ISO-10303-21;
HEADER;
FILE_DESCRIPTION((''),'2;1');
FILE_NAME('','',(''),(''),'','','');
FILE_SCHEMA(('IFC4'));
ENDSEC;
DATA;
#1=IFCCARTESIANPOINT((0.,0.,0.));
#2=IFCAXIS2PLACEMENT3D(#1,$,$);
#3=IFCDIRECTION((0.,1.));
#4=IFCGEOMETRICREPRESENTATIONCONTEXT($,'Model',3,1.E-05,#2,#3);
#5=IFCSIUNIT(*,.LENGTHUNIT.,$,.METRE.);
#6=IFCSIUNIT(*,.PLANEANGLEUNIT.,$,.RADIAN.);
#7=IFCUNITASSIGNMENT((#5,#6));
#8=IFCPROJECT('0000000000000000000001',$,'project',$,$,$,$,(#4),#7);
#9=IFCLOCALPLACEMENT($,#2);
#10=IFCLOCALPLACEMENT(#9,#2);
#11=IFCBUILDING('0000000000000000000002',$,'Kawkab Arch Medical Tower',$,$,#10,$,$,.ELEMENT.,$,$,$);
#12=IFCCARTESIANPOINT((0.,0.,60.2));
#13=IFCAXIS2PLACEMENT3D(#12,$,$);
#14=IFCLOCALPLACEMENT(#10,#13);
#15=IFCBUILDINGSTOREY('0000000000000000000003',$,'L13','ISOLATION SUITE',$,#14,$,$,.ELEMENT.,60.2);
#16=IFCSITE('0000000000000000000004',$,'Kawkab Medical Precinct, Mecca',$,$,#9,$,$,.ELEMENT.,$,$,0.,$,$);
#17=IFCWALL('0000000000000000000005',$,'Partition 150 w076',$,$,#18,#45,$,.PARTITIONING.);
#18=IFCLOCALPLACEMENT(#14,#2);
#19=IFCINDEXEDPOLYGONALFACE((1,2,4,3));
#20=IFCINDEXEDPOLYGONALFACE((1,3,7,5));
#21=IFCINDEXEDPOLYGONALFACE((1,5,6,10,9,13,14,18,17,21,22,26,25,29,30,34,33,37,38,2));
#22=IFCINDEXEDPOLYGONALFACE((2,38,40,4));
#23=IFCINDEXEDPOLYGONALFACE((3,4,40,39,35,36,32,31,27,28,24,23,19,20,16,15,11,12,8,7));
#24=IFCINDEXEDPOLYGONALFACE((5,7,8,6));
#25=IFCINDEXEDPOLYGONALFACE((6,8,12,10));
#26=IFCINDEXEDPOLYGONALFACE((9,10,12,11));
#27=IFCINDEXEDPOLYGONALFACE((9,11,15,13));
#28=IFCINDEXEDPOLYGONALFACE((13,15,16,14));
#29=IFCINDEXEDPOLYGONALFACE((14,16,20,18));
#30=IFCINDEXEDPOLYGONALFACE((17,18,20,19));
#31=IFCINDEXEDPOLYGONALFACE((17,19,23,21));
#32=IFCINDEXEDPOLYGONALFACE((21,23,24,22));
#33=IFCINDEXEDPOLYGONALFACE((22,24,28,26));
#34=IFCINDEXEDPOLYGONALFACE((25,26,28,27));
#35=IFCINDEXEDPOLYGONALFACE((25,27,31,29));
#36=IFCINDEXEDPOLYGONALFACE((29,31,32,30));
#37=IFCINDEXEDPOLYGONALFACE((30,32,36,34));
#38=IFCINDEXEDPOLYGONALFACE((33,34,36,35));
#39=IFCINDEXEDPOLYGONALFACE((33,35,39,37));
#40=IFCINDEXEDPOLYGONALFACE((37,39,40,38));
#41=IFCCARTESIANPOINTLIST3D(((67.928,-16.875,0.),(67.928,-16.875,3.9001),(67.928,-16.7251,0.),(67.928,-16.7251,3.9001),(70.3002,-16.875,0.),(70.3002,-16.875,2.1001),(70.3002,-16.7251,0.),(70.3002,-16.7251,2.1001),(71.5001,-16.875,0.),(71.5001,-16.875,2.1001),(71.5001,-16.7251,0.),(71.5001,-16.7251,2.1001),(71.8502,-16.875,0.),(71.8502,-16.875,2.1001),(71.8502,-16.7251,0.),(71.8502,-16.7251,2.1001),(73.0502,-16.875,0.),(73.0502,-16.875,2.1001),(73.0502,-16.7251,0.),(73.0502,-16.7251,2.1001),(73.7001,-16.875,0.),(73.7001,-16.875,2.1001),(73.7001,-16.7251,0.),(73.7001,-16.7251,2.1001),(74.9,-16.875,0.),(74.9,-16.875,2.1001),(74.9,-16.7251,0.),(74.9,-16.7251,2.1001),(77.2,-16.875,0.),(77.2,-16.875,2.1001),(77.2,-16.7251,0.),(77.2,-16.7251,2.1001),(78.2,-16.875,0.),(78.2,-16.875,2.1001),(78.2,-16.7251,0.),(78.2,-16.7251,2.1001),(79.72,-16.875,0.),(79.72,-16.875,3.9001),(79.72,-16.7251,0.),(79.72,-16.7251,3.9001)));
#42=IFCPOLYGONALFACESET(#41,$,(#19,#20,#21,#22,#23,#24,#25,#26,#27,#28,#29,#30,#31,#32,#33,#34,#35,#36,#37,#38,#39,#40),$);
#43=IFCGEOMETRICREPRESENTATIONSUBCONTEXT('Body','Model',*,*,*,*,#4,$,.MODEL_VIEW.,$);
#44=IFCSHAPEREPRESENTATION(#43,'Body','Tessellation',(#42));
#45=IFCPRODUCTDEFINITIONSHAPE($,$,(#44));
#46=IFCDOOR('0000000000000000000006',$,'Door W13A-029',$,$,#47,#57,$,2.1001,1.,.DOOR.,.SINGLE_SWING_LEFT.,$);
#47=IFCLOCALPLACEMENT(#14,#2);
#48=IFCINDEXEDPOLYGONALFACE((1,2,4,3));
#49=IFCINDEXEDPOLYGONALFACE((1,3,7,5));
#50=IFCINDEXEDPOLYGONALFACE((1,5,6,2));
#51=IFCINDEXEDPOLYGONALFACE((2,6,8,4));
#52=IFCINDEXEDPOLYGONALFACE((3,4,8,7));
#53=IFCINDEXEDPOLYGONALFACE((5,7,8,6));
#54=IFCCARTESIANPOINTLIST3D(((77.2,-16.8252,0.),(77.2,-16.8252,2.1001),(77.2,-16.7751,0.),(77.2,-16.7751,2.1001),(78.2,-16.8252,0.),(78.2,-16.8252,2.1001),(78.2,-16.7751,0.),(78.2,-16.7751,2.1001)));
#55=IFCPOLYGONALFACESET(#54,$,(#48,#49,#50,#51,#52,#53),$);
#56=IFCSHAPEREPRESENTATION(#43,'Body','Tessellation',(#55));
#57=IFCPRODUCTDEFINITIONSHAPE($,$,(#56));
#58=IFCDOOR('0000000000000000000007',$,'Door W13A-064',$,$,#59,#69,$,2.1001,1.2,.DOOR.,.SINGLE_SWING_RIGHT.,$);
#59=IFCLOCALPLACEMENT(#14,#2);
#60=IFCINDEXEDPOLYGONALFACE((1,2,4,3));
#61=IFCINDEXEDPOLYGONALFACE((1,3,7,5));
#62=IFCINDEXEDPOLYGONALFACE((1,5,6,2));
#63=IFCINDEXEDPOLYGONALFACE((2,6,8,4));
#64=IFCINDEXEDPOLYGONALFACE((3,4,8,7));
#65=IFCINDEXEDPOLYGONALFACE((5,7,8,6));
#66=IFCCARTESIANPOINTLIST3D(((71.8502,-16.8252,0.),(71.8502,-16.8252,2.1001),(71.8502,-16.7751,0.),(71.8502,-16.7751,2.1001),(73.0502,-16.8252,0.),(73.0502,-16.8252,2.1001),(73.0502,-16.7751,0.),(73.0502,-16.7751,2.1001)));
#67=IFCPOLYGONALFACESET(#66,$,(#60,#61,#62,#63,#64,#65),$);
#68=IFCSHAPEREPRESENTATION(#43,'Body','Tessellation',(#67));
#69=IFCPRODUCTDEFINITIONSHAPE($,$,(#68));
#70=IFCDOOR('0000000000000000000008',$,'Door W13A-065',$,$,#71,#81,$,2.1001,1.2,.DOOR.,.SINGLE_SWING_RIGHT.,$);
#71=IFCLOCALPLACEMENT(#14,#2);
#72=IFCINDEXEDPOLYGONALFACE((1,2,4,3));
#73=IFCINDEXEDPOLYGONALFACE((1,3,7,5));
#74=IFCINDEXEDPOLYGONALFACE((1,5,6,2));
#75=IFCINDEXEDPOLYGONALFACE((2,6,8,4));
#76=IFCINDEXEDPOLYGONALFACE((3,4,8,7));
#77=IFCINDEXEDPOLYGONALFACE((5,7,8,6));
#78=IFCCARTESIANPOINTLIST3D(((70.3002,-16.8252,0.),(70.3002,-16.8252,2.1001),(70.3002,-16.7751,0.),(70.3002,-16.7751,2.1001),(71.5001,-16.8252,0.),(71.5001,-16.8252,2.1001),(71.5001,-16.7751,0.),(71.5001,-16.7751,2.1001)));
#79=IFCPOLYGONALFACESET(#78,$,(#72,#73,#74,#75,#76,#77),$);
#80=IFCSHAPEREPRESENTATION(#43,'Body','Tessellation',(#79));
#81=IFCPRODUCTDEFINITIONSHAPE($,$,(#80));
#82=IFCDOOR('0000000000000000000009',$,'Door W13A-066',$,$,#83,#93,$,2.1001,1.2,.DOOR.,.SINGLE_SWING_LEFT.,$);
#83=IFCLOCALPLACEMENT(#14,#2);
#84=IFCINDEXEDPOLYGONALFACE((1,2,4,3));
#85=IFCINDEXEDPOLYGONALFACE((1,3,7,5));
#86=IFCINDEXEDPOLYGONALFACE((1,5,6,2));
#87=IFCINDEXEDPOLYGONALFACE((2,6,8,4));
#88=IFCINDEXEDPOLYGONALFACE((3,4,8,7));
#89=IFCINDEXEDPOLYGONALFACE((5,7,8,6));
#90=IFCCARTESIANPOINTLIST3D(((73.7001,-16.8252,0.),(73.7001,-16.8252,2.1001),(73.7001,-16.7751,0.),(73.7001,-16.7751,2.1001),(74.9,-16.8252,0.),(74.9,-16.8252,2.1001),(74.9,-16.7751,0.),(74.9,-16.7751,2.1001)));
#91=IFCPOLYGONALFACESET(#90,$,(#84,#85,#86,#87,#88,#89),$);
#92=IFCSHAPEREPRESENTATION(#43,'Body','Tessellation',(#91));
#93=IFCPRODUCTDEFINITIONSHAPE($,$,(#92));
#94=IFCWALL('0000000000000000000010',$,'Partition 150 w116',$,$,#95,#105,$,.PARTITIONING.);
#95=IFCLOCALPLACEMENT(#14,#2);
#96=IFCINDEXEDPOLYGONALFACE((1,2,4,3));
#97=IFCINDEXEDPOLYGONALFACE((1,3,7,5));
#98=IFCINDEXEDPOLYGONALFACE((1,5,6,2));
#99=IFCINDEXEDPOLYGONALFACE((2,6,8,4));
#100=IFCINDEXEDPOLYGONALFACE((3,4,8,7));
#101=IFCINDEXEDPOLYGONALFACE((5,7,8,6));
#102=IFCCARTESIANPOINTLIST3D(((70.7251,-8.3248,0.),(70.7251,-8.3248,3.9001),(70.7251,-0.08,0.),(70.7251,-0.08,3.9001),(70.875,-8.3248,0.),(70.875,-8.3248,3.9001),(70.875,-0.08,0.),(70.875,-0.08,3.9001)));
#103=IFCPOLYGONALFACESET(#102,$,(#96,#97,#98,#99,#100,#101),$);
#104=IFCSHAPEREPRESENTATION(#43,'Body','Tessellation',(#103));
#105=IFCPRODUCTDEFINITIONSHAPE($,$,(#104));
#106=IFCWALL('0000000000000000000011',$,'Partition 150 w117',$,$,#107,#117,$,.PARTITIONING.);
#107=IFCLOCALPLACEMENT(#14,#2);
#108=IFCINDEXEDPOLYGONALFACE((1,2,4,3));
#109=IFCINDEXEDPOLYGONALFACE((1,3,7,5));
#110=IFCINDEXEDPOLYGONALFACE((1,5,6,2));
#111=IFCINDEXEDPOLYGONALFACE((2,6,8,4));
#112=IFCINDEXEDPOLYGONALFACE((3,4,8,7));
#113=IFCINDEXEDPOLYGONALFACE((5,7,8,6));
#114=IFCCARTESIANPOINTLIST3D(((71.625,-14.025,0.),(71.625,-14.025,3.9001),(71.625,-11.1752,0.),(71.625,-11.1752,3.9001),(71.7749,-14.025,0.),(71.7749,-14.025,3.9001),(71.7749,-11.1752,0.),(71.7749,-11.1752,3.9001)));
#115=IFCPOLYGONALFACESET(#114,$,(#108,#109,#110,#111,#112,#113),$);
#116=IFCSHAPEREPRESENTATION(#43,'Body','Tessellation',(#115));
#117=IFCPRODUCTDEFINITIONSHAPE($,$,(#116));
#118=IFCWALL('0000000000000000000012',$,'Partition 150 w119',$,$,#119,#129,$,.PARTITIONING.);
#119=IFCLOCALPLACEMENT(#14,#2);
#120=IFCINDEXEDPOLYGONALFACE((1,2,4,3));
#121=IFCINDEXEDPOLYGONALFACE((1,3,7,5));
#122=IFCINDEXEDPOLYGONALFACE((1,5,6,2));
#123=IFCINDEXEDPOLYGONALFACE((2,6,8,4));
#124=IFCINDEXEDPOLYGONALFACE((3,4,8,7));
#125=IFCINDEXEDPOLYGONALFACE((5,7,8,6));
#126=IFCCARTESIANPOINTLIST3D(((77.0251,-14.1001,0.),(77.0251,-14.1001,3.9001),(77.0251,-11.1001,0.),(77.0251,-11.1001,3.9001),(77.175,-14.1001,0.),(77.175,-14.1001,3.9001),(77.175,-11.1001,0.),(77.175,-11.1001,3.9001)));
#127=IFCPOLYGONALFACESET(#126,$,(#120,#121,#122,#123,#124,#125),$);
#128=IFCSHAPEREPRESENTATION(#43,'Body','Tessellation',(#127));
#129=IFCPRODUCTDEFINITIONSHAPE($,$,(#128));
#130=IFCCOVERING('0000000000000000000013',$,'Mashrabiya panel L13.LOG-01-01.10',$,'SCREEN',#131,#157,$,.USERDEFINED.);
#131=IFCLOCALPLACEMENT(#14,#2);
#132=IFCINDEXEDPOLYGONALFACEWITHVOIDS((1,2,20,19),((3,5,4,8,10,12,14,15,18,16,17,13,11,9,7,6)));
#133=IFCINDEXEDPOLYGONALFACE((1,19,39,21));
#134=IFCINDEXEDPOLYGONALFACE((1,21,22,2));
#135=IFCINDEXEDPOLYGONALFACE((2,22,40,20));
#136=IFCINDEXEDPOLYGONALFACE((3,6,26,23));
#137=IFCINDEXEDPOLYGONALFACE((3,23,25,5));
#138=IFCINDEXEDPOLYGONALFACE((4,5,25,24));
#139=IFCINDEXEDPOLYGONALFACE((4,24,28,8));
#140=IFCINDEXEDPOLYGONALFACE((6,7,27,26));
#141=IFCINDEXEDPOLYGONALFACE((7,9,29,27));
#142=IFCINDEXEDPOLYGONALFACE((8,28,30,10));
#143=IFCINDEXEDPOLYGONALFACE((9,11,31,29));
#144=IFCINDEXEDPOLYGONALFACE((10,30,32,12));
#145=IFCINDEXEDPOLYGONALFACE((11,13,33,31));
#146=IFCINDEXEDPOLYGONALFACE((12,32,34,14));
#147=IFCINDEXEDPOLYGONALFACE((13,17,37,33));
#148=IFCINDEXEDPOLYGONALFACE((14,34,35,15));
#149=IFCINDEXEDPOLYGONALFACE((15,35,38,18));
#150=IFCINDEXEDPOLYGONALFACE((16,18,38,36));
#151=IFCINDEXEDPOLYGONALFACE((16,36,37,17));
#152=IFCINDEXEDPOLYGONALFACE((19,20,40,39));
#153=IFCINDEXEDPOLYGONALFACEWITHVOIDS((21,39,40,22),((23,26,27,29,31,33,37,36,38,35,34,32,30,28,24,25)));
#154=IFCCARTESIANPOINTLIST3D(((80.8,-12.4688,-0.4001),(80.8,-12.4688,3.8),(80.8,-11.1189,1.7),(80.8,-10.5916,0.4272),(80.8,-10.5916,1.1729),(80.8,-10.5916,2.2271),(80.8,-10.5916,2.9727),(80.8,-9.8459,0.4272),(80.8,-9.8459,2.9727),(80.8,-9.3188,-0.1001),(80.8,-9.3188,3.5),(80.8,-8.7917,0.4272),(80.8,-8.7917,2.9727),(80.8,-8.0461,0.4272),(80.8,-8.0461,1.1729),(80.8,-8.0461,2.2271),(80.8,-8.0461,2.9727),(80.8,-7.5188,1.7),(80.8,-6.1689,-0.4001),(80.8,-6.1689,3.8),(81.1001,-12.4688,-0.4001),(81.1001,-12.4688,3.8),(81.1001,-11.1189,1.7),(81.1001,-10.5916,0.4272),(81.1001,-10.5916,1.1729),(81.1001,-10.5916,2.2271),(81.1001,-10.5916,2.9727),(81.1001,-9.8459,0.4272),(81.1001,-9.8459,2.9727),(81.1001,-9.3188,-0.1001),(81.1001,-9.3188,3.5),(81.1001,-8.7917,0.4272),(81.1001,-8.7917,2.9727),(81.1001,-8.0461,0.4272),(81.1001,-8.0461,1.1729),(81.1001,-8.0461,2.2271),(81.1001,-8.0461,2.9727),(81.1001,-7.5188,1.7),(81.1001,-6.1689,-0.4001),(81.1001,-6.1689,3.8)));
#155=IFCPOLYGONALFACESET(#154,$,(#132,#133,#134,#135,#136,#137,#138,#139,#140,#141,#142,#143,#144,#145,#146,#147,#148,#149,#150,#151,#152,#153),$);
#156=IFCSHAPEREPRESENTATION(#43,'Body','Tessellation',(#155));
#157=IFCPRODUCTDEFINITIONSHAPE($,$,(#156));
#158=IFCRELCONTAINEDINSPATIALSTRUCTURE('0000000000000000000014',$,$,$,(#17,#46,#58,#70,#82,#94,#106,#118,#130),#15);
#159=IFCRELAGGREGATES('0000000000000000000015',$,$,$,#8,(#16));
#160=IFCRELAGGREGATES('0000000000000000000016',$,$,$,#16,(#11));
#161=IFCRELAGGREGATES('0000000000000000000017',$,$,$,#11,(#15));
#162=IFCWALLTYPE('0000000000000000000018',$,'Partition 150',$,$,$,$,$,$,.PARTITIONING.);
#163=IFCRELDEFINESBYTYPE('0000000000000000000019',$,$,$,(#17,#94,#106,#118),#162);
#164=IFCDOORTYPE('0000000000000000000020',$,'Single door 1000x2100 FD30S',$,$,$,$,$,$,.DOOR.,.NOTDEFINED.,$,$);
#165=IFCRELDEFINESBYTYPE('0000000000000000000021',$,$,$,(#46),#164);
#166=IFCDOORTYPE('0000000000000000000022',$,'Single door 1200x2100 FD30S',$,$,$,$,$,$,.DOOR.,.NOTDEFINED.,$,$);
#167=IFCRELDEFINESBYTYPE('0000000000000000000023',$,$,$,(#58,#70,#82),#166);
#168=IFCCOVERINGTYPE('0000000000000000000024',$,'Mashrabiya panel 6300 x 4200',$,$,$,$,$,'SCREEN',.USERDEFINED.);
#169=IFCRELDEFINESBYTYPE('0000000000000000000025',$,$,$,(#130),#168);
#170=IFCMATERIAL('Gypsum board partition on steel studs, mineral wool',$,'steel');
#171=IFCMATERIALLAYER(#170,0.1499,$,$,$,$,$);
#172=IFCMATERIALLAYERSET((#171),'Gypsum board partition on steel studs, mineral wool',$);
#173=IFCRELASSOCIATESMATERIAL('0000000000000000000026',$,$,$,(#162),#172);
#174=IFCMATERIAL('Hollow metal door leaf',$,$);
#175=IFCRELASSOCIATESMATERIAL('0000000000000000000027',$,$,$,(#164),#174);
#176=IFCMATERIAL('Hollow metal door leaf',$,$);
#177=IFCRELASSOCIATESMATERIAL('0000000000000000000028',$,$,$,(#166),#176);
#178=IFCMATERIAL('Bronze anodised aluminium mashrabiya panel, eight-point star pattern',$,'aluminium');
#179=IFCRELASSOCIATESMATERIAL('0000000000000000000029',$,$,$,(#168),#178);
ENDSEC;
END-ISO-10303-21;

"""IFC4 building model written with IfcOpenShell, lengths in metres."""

from ifc_helpers import new_model, si_unit, direction, frame, frame_2d, origin, place, context, subcontext, project, spatial, polyline, rectangle, outline, extrude, material, layer, layer_set, material_profile, profile_set, type_object, element, fill, save


model = new_model("IFC4")

# Units and contexts
model_context = context("Model", 3, precision=1e-05, world=origin(), true_north=direction((0.0, 1.0)))
body_context = subcontext(model_context, "Body", "Model", "MODEL_VIEW")
ifc_project = project(units=[si_unit("LENGTHUNIT", "METRE"), si_unit("PLANEANGLEUNIT", "RADIAN")], contexts=[model_context])

# Site, building, storey
site_placement = place(None, origin())
site = spatial("IfcSite", under=ifc_project, at=site_placement, Name="Kawkab Medical Precinct, Mecca", CompositionType="ELEMENT", RefElevation=0.0)
building_placement = place(site_placement, origin())
building = spatial("IfcBuilding", under=site, at=building_placement, Name="Kawkab Arch Medical Tower", CompositionType="ELEMENT")
storey_placement = place(building_placement, frame((0.0, 0.0, 60.2)))
storey = spatial("IfcBuildingStorey", under=building, at=storey_placement, Name="L13", Description="ISOLATION SUITE", CompositionType="ELEMENT", Elevation=60.2)

# Wall, openings, doors
ifc_material_1 = material(Name="Gypsum board partition on steel studs, mineral wool", Category="steel")
ifc_layer_1 = layer(ifc_material_1, 0.1499)
ifc_layer_set_1 = layer_set([ifc_layer_1], Name="Gypsum board partition on steel studs, mineral wool")
wall_type_1 = type_object("IfcWallType", Name="Partition 150", PredefinedType="PARTITIONING", material=ifc_layer_set_1)
wall_1_placement = place(storey_placement, frame((67.928, -16.8, 0.0), z_axis=(0.0, 0.0, 1.0), x_axis=(1.0, 0.0, 0.0)))
wall_1 = element("IfcWall", 1, at=wall_1_placement, inside=storey, type_object=wall_type_1, Name="Partition 150 w076", PredefinedType="PARTITIONING", context=body_context, shape_type="SweptSolid", body=[
    extrude(rectangle(XDim=11.792, YDim=0.1499, at=frame_2d((5.896, 0.0))), origin(), (0.0, 0.0, 1.0), 3.9001),
])
opening_1_placement = place(wall_1_placement, frame((3.9221, 0.0, 0.0)))
opening_1 = element("IfcOpeningElement", 2, at=opening_1_placement, cuts=wall_1, PredefinedType="OPENING", context=body_context, shape_type="SweptSolid", body=[
    extrude(rectangle(XDim=1.2, YDim=2.1001, at=frame_2d((0.6001, 1.05))), frame((0.0, 0.085, 0.0), z_axis=(0.0, -1.0, 0.0), x_axis=(1.0, 0.0, 0.0)), (0.0, 0.0, 1.0), 0.1699),
])
opening_2_placement = place(wall_1_placement, frame((2.3721, 0.0, 0.0)))
opening_2 = element("IfcOpeningElement", 3, at=opening_2_placement, cuts=wall_1, PredefinedType="OPENING", context=body_context, shape_type="SweptSolid", body=[
    extrude(rectangle(XDim=1.2, YDim=2.1001, at=frame_2d((0.6001, 1.05))), frame((0.0, 0.085, 0.0), z_axis=(0.0, -1.0, 0.0), x_axis=(1.0, 0.0, 0.0)), (0.0, 0.0, 1.0), 0.1699),
])
opening_3_placement = place(wall_1_placement, frame((5.772, 0.0, 0.0)))
opening_3 = element("IfcOpeningElement", 4, at=opening_3_placement, cuts=wall_1, PredefinedType="OPENING", context=body_context, shape_type="SweptSolid", body=[
    extrude(rectangle(XDim=1.2, YDim=2.1001, at=frame_2d((0.6001, 1.05))), frame((0.0, 0.085, 0.0), z_axis=(0.0, -1.0, 0.0), x_axis=(1.0, 0.0, 0.0)), (0.0, 0.0, 1.0), 0.1699),
])
opening_4_placement = place(wall_1_placement, frame((9.272, 0.0, 0.0)))
opening_4 = element("IfcOpeningElement", 5, at=opening_4_placement, cuts=wall_1, PredefinedType="OPENING", context=body_context, shape_type="SweptSolid", body=[
    extrude(rectangle(XDim=1.0, YDim=2.1001, at=frame_2d((0.5, 1.05))), frame((0.0, 0.085, 0.0), z_axis=(0.0, -1.0, 0.0), x_axis=(1.0, 0.0, 0.0)), (0.0, 0.0, 1.0), 0.1699),
])
ifc_material_2 = material(Name="Hollow metal door leaf")
door_type_1 = type_object("IfcDoorType", Name="Single door 1000x2100 FD30S", OperationType="NOTDEFINED", PredefinedType="DOOR", material=ifc_material_2)
door_1_placement = place(opening_4_placement, origin())
door_1 = element("IfcDoor", 6, at=door_1_placement, inside=storey, type_object=door_type_1, Name="Door W13A-029", OperationType="SINGLE_SWING_LEFT", OverallHeight=2.1001, OverallWidth=1.0, PredefinedType="DOOR", context=body_context, shape_type="SweptSolid", body=[
    extrude(rectangle(XDim=1.0, YDim=2.1001, at=frame_2d((0.5, 1.05))), frame((0.0, 0.0249, 0.0), z_axis=(0.0, -1.0, 0.0), x_axis=(1.0, 0.0, 0.0)), (0.0, 0.0, 1.0), 0.05),
])
fill(opening_4, door_1)
ifc_material_3 = material(Name="Hollow metal door leaf")
door_type_2 = type_object("IfcDoorType", Name="Single door 1200x2100 FD30S", OperationType="NOTDEFINED", PredefinedType="DOOR", material=ifc_material_3)
door_2_placement = place(opening_1_placement, origin())
door_2 = element("IfcDoor", 7, at=door_2_placement, inside=storey, type_object=door_type_2, Name="Door W13A-064", OperationType="SINGLE_SWING_RIGHT", OverallHeight=2.1001, OverallWidth=1.2, PredefinedType="DOOR", context=body_context, shape_type="SweptSolid", body=[
    extrude(rectangle(XDim=1.2, YDim=2.1001, at=frame_2d((0.6001, 1.05))), frame((0.0, 0.0249, 0.0), z_axis=(0.0, -1.0, 0.0), x_axis=(1.0, 0.0, 0.0)), (0.0, 0.0, 1.0), 0.05),
])
fill(opening_1, door_2)
door_3_placement = place(opening_2_placement, origin())
door_3 = element("IfcDoor", 8, at=door_3_placement, inside=storey, type_object=door_type_2, Name="Door W13A-065", OperationType="SINGLE_SWING_RIGHT", OverallHeight=2.1001, OverallWidth=1.2, PredefinedType="DOOR", context=body_context, shape_type="SweptSolid", body=[
    extrude(rectangle(XDim=1.2, YDim=2.1001, at=frame_2d((0.6001, 1.05))), frame((0.0, 0.0249, 0.0), z_axis=(0.0, -1.0, 0.0), x_axis=(1.0, 0.0, 0.0)), (0.0, 0.0, 1.0), 0.05),
])
fill(opening_2, door_3)
door_4_placement = place(opening_3_placement, origin())
door_4 = element("IfcDoor", 9, at=door_4_placement, inside=storey, type_object=door_type_2, Name="Door W13A-066", OperationType="SINGLE_SWING_LEFT", OverallHeight=2.1001, OverallWidth=1.2, PredefinedType="DOOR", context=body_context, shape_type="SweptSolid", body=[
    extrude(rectangle(XDim=1.2, YDim=2.1001, at=frame_2d((0.6001, 1.05))), frame((0.0, 0.0249, 0.0), z_axis=(0.0, -1.0, 0.0), x_axis=(1.0, 0.0, 0.0)), (0.0, 0.0, 1.0), 0.05),
])
fill(opening_3, door_4)

# Walls
wall_2_placement = place(storey_placement, frame((70.8, -8.325, 0.0), z_axis=(0.0, 0.0, 1.0), x_axis=(0.0, 1.0, 0.0)))
element("IfcWall", 10, at=wall_2_placement, inside=storey, type_object=wall_type_1, Name="Partition 150 w116", PredefinedType="PARTITIONING", context=body_context, shape_type="SweptSolid", body=[
    extrude(rectangle(XDim=8.2449, YDim=0.1499, at=frame_2d((4.1226, 0.0))), origin(), (0.0, 0.0, 1.0), 3.9001),
])
wall_3_placement = place(storey_placement, frame((71.7, -14.0249, 0.0), z_axis=(0.0, 0.0, 1.0), x_axis=(0.0, 1.0, 0.0)))
element("IfcWall", 11, at=wall_3_placement, inside=storey, type_object=wall_type_1, Name="Partition 150 w117", PredefinedType="PARTITIONING", context=body_context, shape_type="SweptSolid", body=[
    extrude(rectangle(XDim=2.8499, YDim=0.1499, at=frame_2d((1.4248, 0.0))), origin(), (0.0, 0.0, 1.0), 3.9001),
])
wall_4_placement = place(storey_placement, frame((77.1001, -14.1001, 0.0), z_axis=(0.0, 0.0, 1.0), x_axis=(0.0, 1.0, 0.0)))
element("IfcWall", 12, at=wall_4_placement, inside=storey, type_object=wall_type_1, Name="Partition 150 w119", PredefinedType="PARTITIONING", context=body_context, shape_type="SweptSolid", body=[
    extrude(rectangle(XDim=3.0, YDim=0.1499, at=frame_2d((1.5, 0.0))), origin(), (0.0, 0.0, 1.0), 3.9001),
])

# Covering
ifc_material_4 = material(Name="Bronze anodised aluminium mashrabiya panel, eight-point star pattern", Category="aluminium")
ifc_material_profile_1 = material_profile(ifc_material_4, outline(polyline([(-3.1499, -2.1001), (3.1499, -2.1001), (3.1499, 2.1001), (-3.1499, 2.1001), (-3.1499, -2.1001)]), holes=[polyline([(1.8, 0.0), (1.2727, 0.5271), (1.2727, 1.2727), (0.5271, 1.2727), (0.0, 1.8), (-0.5271, 1.2727), (-1.2727, 1.2727), (-1.2727, 0.5271), (-1.8, 0.0), (-1.2727, -0.5271), (-1.2727, -1.2727), (-0.5271, -1.2727), (0.0, -1.8), (0.5271, -1.2727), (1.2727, -1.2727), (1.2727, -0.5271), (1.8, 0.0)])]), Name="Mashrabiya panel 6300x4200")
ifc_profile_set_1 = profile_set([ifc_material_profile_1], Name="Bronze anodised aluminium mashrabiya panel, eight-point star pattern")
covering_type_1 = type_object("IfcCoveringType", Name="Mashrabiya panel 6300 x 4200", ElementType="SCREEN", PredefinedType="USERDEFINED", material=ifc_profile_set_1)
covering_placement = place(storey_placement, frame((80.8, -9.3188, 1.7), z_axis=(1.0, 0.0, 0.0), x_axis=(0.0, 1.0, 0.0)))
element("IfcCovering", 13, at=covering_placement, inside=storey, type_object=covering_type_1, Name="Mashrabiya panel L13.LOG-01-01.10", ObjectType="SCREEN", PredefinedType="USERDEFINED", context=body_context, shape_type="SweptSolid", body=[
    extrude(outline(polyline([(-3.1499, -2.1001), (3.1499, -2.1001), (3.1499, 2.1001), (-3.1499, 2.1001), (-3.1499, -2.1001)]), holes=[polyline([(1.8, 0.0), (1.2727, 0.5271), (1.2727, 1.2727), (0.5271, 1.2727), (0.0, 1.8), (-0.5271, 1.2727), (-1.2727, 1.2727), (-1.2727, 0.5271), (-1.8, 0.0), (-1.2727, -0.5271), (-1.2727, -1.2727), (-0.5271, -1.2727), (0.0, -1.8), (0.5271, -1.2727), (1.2727, -1.2727), (1.2727, -0.5271), (1.8, 0.0)])]), origin(), (0.0, 0.0, 1.0), 0.3),
])

save(model, "model.ifc")
